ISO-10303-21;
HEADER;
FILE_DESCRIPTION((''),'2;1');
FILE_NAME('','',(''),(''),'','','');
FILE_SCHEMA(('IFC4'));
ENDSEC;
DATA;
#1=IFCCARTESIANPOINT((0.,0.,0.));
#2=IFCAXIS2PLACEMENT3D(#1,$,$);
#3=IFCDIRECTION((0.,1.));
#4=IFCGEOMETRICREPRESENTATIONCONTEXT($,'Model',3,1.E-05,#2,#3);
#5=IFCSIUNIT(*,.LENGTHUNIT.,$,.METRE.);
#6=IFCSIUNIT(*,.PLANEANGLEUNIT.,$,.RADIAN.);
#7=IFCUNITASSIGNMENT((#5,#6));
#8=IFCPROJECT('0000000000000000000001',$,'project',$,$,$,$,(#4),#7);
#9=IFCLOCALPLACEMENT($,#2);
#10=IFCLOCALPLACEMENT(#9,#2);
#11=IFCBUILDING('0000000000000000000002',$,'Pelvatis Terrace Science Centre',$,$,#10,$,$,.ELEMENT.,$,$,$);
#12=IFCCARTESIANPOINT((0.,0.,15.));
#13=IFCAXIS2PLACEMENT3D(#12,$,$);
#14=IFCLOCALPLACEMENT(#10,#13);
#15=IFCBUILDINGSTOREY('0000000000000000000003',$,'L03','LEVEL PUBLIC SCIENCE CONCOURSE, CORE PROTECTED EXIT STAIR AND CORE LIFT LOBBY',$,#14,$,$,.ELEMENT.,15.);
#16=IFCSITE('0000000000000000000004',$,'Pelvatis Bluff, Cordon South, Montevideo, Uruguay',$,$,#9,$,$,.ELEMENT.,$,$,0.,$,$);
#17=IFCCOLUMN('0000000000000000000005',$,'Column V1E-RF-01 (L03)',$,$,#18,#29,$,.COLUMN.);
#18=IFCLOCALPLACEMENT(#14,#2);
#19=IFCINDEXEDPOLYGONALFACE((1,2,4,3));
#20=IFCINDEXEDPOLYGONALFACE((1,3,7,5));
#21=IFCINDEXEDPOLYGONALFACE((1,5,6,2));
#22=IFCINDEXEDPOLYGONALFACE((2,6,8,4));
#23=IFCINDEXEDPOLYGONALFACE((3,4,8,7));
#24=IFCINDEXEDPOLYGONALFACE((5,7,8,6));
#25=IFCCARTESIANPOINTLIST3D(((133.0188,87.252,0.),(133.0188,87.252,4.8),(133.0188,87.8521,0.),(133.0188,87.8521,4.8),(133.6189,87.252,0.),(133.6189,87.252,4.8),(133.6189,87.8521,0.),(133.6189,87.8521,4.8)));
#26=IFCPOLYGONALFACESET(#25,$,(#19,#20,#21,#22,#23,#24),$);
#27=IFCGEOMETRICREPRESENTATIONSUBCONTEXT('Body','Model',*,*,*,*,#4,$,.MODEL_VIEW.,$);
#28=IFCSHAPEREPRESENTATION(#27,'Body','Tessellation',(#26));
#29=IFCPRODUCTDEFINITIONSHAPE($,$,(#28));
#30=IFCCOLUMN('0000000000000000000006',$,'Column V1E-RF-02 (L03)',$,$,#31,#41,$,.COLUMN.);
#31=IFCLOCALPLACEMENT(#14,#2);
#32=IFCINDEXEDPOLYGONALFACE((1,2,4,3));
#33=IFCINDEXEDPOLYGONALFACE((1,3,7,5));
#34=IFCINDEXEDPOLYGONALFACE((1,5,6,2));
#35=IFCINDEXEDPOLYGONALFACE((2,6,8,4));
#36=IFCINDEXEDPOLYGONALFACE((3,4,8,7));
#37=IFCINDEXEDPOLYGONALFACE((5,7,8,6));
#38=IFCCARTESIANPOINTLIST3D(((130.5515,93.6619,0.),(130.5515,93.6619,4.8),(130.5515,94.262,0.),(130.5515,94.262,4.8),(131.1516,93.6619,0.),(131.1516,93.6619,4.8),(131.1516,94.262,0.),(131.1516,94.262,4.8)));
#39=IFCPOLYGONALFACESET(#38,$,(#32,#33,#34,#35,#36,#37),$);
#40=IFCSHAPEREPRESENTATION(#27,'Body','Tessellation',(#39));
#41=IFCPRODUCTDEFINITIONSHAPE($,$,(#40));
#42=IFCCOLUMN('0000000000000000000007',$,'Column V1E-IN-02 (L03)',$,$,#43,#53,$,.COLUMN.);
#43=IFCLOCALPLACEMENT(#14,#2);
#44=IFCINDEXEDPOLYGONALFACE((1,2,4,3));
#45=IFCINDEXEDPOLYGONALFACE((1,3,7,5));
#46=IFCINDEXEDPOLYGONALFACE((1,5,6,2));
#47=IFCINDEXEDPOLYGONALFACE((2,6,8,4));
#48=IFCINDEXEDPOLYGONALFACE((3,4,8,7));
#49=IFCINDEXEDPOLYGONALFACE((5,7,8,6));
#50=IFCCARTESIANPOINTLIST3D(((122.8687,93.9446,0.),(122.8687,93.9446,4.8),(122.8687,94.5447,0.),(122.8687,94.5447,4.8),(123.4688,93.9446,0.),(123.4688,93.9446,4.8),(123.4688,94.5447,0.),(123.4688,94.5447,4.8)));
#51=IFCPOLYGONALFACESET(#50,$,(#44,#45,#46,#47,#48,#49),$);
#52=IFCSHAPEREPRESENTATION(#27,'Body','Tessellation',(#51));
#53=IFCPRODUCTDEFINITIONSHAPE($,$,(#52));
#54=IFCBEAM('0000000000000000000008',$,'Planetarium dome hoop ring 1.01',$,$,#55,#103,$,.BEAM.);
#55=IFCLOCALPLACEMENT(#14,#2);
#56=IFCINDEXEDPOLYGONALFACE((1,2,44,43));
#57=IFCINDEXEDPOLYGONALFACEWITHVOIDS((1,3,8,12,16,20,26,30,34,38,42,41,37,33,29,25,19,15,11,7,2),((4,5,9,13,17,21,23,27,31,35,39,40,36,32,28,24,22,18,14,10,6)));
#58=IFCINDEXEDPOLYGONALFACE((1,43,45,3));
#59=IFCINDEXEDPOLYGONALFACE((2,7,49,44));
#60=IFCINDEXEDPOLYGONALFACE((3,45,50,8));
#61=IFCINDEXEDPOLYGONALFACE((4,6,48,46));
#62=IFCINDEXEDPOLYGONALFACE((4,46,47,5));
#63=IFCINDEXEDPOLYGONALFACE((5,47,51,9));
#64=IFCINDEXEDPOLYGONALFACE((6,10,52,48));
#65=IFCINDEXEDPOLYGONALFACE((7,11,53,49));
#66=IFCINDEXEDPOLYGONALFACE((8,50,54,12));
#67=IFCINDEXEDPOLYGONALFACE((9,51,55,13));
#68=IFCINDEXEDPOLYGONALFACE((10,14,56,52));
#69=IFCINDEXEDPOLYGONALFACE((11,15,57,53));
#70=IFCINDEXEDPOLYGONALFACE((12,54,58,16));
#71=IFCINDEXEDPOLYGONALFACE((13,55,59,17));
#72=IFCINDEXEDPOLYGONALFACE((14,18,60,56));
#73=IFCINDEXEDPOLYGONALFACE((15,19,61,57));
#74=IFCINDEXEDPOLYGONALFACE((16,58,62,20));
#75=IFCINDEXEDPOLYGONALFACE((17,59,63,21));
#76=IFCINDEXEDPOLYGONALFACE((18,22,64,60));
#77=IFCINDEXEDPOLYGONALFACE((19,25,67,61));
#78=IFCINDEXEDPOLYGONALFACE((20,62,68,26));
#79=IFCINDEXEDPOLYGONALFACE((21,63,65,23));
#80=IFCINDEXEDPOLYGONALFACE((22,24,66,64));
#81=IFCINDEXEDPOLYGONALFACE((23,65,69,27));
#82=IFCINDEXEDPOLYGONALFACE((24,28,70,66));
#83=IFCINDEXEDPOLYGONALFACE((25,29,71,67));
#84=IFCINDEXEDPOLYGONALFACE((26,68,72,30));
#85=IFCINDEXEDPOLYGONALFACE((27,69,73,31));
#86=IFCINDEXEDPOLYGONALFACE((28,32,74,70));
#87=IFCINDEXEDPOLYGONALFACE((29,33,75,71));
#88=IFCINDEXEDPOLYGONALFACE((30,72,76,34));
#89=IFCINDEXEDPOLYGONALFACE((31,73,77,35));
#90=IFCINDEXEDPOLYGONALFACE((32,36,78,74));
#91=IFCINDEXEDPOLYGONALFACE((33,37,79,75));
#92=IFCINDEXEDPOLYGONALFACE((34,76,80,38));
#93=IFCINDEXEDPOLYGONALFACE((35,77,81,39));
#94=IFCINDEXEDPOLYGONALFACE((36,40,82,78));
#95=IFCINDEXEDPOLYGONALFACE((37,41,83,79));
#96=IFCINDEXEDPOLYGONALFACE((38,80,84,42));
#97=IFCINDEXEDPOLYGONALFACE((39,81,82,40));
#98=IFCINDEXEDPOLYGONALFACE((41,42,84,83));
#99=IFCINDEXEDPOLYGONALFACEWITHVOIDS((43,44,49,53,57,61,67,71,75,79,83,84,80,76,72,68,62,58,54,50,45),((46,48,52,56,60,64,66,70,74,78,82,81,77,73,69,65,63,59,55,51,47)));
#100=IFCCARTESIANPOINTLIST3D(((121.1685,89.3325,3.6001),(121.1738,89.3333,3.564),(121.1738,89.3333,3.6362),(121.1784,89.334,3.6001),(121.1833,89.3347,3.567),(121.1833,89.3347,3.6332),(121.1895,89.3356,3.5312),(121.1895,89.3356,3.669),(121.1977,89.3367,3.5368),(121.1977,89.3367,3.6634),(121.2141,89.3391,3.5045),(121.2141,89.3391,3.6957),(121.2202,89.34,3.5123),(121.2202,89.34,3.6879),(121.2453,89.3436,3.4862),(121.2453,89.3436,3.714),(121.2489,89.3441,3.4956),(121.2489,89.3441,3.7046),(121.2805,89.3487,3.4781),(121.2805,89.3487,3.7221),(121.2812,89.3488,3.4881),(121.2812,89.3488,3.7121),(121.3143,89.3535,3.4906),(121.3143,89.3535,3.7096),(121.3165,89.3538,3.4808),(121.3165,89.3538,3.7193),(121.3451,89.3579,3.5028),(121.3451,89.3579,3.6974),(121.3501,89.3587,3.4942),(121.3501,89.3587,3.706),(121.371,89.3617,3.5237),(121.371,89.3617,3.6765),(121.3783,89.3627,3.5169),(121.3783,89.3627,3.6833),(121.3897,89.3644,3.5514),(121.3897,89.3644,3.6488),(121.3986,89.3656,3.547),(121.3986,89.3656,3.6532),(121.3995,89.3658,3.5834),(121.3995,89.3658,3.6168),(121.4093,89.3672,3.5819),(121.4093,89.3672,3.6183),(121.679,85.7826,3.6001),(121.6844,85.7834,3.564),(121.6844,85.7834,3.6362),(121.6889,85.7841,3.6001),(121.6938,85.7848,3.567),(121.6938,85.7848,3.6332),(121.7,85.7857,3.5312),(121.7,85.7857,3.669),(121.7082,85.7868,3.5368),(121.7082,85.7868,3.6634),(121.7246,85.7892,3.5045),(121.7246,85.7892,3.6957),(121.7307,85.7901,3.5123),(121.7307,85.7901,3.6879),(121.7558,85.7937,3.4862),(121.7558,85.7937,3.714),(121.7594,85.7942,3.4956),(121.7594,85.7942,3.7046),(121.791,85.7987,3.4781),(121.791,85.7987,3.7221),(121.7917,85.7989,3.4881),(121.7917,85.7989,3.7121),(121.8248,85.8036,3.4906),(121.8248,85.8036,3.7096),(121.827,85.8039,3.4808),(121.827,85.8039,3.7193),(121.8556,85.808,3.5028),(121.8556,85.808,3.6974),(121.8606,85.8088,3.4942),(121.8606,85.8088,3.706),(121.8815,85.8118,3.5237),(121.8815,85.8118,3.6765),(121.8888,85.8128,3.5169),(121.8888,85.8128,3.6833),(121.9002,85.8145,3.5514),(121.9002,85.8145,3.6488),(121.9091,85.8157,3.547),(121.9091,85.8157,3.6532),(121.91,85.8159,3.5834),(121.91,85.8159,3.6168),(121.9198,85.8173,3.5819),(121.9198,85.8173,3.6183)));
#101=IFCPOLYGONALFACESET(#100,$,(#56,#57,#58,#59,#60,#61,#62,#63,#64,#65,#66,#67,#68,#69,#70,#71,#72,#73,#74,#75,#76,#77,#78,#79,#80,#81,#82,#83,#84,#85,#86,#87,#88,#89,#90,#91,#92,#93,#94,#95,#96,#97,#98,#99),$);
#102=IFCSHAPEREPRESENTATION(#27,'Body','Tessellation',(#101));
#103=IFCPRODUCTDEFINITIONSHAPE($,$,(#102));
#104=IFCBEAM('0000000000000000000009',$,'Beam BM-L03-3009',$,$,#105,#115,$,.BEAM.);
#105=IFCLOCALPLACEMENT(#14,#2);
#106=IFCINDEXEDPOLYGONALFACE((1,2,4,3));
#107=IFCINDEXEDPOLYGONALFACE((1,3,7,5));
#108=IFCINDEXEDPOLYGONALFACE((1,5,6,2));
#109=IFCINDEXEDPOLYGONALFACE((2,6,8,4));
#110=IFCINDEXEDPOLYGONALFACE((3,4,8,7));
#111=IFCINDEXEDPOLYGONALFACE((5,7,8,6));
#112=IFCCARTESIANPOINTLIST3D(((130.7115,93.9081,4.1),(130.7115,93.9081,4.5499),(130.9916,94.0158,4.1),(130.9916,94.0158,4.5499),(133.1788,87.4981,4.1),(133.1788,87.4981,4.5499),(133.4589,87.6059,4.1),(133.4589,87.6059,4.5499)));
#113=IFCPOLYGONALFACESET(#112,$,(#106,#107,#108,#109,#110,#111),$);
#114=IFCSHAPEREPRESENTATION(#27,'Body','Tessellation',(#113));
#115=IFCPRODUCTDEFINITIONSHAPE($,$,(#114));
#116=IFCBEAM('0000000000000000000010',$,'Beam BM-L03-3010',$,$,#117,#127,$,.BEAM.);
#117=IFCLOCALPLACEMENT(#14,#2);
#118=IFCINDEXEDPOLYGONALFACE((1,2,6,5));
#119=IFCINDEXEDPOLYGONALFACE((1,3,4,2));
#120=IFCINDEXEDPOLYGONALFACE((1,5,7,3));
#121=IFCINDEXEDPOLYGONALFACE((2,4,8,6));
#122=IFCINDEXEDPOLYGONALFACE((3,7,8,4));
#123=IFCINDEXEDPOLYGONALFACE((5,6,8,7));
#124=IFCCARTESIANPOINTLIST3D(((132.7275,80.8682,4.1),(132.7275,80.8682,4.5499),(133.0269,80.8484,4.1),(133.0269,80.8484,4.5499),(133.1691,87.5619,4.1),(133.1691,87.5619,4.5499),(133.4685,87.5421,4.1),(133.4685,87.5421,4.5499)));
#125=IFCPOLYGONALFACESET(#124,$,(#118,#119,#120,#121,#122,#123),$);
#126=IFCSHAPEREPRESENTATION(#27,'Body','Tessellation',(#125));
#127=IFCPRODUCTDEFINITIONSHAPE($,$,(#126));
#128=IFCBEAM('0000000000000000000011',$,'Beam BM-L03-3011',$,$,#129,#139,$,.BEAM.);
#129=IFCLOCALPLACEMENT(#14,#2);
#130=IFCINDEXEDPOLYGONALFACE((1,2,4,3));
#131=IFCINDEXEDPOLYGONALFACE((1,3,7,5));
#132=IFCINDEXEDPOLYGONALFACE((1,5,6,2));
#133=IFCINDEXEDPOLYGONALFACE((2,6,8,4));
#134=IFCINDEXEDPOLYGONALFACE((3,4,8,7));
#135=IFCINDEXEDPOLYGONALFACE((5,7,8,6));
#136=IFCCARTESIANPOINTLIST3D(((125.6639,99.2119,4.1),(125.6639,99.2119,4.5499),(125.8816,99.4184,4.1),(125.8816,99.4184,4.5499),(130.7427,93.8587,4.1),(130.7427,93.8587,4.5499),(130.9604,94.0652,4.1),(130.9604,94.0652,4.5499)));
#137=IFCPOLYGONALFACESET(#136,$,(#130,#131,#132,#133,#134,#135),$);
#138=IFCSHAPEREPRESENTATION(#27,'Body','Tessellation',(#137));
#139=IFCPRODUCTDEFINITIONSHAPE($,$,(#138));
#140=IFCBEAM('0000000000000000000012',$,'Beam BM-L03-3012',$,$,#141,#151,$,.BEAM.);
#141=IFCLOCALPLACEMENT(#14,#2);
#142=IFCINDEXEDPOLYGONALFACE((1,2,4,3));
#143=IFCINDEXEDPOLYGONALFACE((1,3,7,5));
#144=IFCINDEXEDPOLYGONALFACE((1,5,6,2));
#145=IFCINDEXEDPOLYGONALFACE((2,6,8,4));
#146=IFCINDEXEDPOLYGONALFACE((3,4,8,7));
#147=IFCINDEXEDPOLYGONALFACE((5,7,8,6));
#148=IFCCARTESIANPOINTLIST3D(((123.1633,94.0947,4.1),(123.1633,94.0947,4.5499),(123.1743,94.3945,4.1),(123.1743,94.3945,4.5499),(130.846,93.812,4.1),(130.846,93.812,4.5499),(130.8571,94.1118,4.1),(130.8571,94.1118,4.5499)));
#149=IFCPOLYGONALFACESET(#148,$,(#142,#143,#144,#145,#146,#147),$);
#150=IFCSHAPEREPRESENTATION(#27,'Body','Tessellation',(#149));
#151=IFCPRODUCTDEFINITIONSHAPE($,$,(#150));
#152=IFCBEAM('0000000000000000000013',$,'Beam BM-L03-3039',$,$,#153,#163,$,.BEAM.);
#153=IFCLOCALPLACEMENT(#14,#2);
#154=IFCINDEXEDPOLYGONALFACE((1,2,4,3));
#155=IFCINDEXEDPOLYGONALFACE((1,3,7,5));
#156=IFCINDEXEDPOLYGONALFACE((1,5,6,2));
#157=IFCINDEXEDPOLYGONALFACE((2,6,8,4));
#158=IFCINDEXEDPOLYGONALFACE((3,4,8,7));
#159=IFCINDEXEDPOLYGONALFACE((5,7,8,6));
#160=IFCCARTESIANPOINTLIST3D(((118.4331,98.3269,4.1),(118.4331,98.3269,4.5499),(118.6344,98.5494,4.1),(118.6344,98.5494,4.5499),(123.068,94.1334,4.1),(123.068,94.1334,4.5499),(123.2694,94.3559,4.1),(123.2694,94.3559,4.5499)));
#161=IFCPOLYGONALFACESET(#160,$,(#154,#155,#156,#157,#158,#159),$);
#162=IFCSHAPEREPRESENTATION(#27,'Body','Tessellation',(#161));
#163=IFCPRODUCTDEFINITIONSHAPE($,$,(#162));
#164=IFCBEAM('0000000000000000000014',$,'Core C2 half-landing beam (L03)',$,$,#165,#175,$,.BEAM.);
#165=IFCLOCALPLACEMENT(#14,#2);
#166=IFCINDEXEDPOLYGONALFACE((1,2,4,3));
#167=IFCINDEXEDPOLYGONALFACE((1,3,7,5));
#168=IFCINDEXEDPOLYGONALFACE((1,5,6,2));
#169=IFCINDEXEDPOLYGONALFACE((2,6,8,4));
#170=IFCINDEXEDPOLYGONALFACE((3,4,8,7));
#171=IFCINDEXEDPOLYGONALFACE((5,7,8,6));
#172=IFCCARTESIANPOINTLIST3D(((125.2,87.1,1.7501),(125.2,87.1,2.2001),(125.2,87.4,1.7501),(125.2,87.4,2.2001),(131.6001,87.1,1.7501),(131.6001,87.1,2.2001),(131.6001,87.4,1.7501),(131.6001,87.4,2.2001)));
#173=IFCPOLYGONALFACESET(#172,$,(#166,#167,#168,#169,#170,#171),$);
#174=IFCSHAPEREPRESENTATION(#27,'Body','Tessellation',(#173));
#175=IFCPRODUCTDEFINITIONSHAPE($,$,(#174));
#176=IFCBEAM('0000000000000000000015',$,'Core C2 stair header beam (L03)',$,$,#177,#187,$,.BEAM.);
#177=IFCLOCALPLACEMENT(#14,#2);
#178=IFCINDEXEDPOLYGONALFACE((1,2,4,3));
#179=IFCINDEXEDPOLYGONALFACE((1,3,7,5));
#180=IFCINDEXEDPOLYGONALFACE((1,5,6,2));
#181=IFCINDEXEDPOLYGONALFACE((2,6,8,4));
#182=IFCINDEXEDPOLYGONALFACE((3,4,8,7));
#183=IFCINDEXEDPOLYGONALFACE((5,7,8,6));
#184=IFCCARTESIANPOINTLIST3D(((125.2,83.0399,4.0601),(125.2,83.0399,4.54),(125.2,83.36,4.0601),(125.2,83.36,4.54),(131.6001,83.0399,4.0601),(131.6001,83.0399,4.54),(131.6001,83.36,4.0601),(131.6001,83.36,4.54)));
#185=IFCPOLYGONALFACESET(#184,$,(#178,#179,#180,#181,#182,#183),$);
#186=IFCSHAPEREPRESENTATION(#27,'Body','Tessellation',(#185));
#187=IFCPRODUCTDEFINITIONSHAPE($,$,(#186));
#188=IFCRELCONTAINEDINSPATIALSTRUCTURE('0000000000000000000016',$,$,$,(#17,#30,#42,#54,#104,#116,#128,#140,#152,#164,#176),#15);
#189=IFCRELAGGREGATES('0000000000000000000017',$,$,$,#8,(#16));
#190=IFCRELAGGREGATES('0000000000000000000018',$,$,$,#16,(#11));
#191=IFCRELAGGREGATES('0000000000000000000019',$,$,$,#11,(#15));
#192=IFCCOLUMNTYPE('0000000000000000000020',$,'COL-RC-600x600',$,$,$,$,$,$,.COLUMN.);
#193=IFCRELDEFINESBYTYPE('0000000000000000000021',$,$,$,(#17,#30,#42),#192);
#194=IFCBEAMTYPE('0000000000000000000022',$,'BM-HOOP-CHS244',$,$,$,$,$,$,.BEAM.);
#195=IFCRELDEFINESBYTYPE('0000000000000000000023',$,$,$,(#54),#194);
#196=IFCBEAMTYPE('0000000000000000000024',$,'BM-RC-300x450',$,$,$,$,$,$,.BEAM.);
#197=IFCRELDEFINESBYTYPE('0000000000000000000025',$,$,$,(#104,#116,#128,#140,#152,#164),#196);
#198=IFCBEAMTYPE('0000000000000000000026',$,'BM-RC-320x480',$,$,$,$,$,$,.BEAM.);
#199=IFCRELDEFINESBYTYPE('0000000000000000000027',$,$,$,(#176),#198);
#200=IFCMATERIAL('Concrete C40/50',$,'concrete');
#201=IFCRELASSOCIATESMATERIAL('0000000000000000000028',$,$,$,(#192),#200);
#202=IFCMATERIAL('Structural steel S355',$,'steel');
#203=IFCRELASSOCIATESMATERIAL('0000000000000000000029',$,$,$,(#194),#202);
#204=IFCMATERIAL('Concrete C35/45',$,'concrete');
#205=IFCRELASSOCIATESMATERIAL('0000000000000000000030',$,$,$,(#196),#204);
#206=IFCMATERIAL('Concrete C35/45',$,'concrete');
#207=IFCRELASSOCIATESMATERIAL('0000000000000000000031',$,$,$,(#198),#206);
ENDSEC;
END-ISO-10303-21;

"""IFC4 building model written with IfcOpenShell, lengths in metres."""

from ifc_helpers import new_model, si_unit, direction, frame, origin, origin_2d, place, context, subcontext, project, spatial, rectangle, hollow_circle, extrude, material, material_profile, profile_set, type_object, element, save


model = new_model("IFC4")

# Units and contexts
model_context = context("Model", 3, precision=1e-05, world=origin(), true_north=direction((0.0, 1.0)))
body_context = subcontext(model_context, "Body", "Model", "MODEL_VIEW")
ifc_project = project(units=[si_unit("LENGTHUNIT", "METRE"), si_unit("PLANEANGLEUNIT", "RADIAN")], contexts=[model_context])

# Site, building, storey
site_placement = place(None, origin())
site = spatial("IfcSite", under=ifc_project, at=site_placement, Name="Pelvatis Bluff, Cordon South, Montevideo, Uruguay", CompositionType="ELEMENT", RefElevation=0.0)
building_placement = place(site_placement, origin())
building = spatial("IfcBuilding", under=site, at=building_placement, Name="Pelvatis Terrace Science Centre", CompositionType="ELEMENT")
storey_placement = place(building_placement, frame((0.0, 0.0, 15.0)))
storey = spatial("IfcBuildingStorey", under=building, at=storey_placement, Name="L03", Description="LEVEL PUBLIC SCIENCE CONCOURSE, CORE PROTECTED EXIT STAIR AND CORE LIFT LOBBY", CompositionType="ELEMENT", Elevation=15.0)

# Columns
ifc_material_1 = material(Name="Concrete C40/50", Category="concrete")
ifc_material_profile_1 = material_profile(ifc_material_1, rectangle(XDim=0.6001, YDim=0.6001, at=origin_2d()), Name="RC-COL 600x600")
ifc_profile_set_1 = profile_set([ifc_material_profile_1], Name="Concrete C40/50")
column_type = type_object("IfcColumnType", Name="COL-RC-600x600", PredefinedType="COLUMN", material=ifc_profile_set_1)
for number, where, z_axis, x_axis, name in (
    (1, (133.3188, 87.552, 0.0), (0.0, 0.0, 1.0), (1.0, 0.0, 0.0), "Column V1E-RF-01 (L03)"),
    (2, (130.8516, 93.9619, 0.0), (0.0, 0.0, 1.0), (1.0, 0.0, 0.0), "Column V1E-RF-02 (L03)"),
    (3, (123.1687, 94.2446, 0.0), (0.0, 0.0, 1.0), (1.0, 0.0, 0.0), "Column V1E-IN-02 (L03)"),
):
    element("IfcColumn", number, at=place(storey_placement, frame(where, z_axis=z_axis, x_axis=x_axis)), inside=storey, type_object=column_type, Name=name, PredefinedType="COLUMN", context=body_context, shape_type="SweptSolid", body=[
        extrude(rectangle(XDim=0.6001, YDim=0.6001, at=origin_2d()), origin(), (0.0, 0.0, 1.0), 4.8),
    ])

# Beams
ifc_material_2 = material(Name="Structural steel S355", Category="steel")
ifc_material_profile_2 = material_profile(ifc_material_2, hollow_circle(Radius=0.1223, WallThickness=0.01, at=origin_2d()), Name="CHS 244.5x10.0")
ifc_profile_set_2 = profile_set([ifc_material_profile_2], Name="Structural steel S355")
beam_type_1 = type_object("IfcBeamType", Name="BM-HOOP-CHS244", PredefinedType="BEAM", material=ifc_profile_set_2)
beam_1_placement = place(storey_placement, frame((121.8, 85.8, 3.6001), z_axis=(-0.142346, 0.989817, 0.0), x_axis=(-0.989817, -0.142346, 0.0)))
element("IfcBeam", 4, at=beam_1_placement, inside=storey, type_object=beam_type_1, Name="Planetarium dome hoop ring 1.01", PredefinedType="BEAM", context=body_context, shape_type="SweptSolid", body=[
    extrude(hollow_circle(Radius=0.1223, WallThickness=0.01, at=origin_2d()), origin(), (0.0, 0.0, 1.0), 3.5864),
])
ifc_material_3 = material(Name="Concrete C35/45", Category="concrete")
ifc_material_profile_3 = material_profile(ifc_material_3, rectangle(XDim=0.3, YDim=0.45, at=origin_2d()), Name="RC-BM 300x450")
ifc_profile_set_3 = profile_set([ifc_material_profile_3], Name="Concrete C35/45")
beam_type_2 = type_object("IfcBeamType", Name="BM-RC-300x450", PredefinedType="BEAM", material=ifc_profile_set_3)
beam_2_placement = place(storey_placement, frame((133.3188, 87.552, 4.325), z_axis=(-0.359224, 0.933251, 0.0), x_axis=(-0.933251, -0.359224, 0.0)))
element("IfcBeam", 5, at=beam_2_placement, inside=storey, type_object=beam_type_2, Name="Beam BM-L03-3009", PredefinedType="BEAM", context=body_context, shape_type="SweptSolid", body=[
    extrude(rectangle(XDim=0.3, YDim=0.45, at=origin_2d()), origin(), (0.0, 0.0, 1.0), 6.8684),
])
beam_3_placement = place(storey_placement, frame((133.3188, 87.552, 4.325), z_axis=(-0.065838, -0.99783, 0.0), x_axis=(0.99783, -0.065838, 0.0)))
element("IfcBeam", 6, at=beam_3_placement, inside=storey, type_object=beam_type_2, Name="Beam BM-L03-3010", PredefinedType="BEAM", context=body_context, shape_type="SweptSolid", body=[
    extrude(rectangle(XDim=0.3, YDim=0.45, at=origin_2d()), origin(), (0.0, 0.0, 1.0), 6.7083),
])
beam_4_placement = place(storey_placement, frame((130.8516, 93.9619, 4.325), z_axis=(-0.688268, 0.725456, 0.0), x_axis=(-0.725456, -0.688268, 0.0)))
element("IfcBeam", 7, at=beam_4_placement, inside=storey, type_object=beam_type_2, Name="Beam BM-L03-3011", PredefinedType="BEAM", context=body_context, shape_type="SweptSolid", body=[
    extrude(rectangle(XDim=0.3, YDim=0.45, at=origin_2d()), origin(), (0.0, 0.0, 1.0), 7.3792),
])
beam_5_placement = place(storey_placement, frame((130.8516, 93.9619, 4.325), z_axis=(-0.999324, 0.036773, 0.0), x_axis=(-0.036773, -0.999324, 0.0)))
element("IfcBeam", 8, at=beam_5_placement, inside=storey, type_object=beam_type_2, Name="Beam BM-L03-3012", PredefinedType="BEAM", context=body_context, shape_type="SweptSolid", body=[
    extrude(rectangle(XDim=0.3, YDim=0.45, at=origin_2d()), origin(), (0.0, 0.0, 1.0), 7.688),
])
beam_6_placement = place(storey_placement, frame((123.1687, 94.2446, 4.325), z_axis=(-0.741534, 0.670915, 0.0), x_axis=(-0.670915, -0.741534, 0.0)))
element("IfcBeam", 9, at=beam_6_placement, inside=storey, type_object=beam_type_2, Name="Beam BM-L03-3039", PredefinedType="BEAM", context=body_context, shape_type="SweptSolid", body=[
    extrude(rectangle(XDim=0.3, YDim=0.45, at=origin_2d()), origin(), (0.0, 0.0, 1.0), 6.2505),
])
beam_7_placement = place(storey_placement, frame((125.2, 87.25, 1.9751), z_axis=(1.0, 0.0, 0.0), x_axis=(0.0, 1.0, 0.0)))
element("IfcBeam", 10, at=beam_7_placement, inside=storey, type_object=beam_type_2, Name="Core C2 half-landing beam (L03)", PredefinedType="BEAM", context=body_context, shape_type="SweptSolid", body=[
    extrude(rectangle(XDim=0.3, YDim=0.45, at=origin_2d()), origin(), (0.0, 0.0, 1.0), 6.4001),
])
ifc_material_4 = material(Name="Concrete C35/45", Category="concrete")
ifc_material_profile_4 = material_profile(ifc_material_4, rectangle(XDim=0.3201, YDim=0.48, at=origin_2d()), Name="RC-BM 320x480")
ifc_profile_set_4 = profile_set([ifc_material_profile_4], Name="Concrete C35/45")
beam_type_3 = type_object("IfcBeamType", Name="BM-RC-320x480", PredefinedType="BEAM", material=ifc_profile_set_4)
beam_8_placement = place(storey_placement, frame((125.2, 83.2, 4.3), z_axis=(1.0, 0.0, 0.0), x_axis=(0.0, 1.0, 0.0)))
element("IfcBeam", 11, at=beam_8_placement, inside=storey, type_object=beam_type_3, Name="Core C2 stair header beam (L03)", PredefinedType="BEAM", context=body_context, shape_type="SweptSolid", body=[
    extrude(rectangle(XDim=0.3201, YDim=0.48, at=origin_2d()), origin(), (0.0, 0.0, 1.0), 6.4001),
])

save(model, "model.ifc")
